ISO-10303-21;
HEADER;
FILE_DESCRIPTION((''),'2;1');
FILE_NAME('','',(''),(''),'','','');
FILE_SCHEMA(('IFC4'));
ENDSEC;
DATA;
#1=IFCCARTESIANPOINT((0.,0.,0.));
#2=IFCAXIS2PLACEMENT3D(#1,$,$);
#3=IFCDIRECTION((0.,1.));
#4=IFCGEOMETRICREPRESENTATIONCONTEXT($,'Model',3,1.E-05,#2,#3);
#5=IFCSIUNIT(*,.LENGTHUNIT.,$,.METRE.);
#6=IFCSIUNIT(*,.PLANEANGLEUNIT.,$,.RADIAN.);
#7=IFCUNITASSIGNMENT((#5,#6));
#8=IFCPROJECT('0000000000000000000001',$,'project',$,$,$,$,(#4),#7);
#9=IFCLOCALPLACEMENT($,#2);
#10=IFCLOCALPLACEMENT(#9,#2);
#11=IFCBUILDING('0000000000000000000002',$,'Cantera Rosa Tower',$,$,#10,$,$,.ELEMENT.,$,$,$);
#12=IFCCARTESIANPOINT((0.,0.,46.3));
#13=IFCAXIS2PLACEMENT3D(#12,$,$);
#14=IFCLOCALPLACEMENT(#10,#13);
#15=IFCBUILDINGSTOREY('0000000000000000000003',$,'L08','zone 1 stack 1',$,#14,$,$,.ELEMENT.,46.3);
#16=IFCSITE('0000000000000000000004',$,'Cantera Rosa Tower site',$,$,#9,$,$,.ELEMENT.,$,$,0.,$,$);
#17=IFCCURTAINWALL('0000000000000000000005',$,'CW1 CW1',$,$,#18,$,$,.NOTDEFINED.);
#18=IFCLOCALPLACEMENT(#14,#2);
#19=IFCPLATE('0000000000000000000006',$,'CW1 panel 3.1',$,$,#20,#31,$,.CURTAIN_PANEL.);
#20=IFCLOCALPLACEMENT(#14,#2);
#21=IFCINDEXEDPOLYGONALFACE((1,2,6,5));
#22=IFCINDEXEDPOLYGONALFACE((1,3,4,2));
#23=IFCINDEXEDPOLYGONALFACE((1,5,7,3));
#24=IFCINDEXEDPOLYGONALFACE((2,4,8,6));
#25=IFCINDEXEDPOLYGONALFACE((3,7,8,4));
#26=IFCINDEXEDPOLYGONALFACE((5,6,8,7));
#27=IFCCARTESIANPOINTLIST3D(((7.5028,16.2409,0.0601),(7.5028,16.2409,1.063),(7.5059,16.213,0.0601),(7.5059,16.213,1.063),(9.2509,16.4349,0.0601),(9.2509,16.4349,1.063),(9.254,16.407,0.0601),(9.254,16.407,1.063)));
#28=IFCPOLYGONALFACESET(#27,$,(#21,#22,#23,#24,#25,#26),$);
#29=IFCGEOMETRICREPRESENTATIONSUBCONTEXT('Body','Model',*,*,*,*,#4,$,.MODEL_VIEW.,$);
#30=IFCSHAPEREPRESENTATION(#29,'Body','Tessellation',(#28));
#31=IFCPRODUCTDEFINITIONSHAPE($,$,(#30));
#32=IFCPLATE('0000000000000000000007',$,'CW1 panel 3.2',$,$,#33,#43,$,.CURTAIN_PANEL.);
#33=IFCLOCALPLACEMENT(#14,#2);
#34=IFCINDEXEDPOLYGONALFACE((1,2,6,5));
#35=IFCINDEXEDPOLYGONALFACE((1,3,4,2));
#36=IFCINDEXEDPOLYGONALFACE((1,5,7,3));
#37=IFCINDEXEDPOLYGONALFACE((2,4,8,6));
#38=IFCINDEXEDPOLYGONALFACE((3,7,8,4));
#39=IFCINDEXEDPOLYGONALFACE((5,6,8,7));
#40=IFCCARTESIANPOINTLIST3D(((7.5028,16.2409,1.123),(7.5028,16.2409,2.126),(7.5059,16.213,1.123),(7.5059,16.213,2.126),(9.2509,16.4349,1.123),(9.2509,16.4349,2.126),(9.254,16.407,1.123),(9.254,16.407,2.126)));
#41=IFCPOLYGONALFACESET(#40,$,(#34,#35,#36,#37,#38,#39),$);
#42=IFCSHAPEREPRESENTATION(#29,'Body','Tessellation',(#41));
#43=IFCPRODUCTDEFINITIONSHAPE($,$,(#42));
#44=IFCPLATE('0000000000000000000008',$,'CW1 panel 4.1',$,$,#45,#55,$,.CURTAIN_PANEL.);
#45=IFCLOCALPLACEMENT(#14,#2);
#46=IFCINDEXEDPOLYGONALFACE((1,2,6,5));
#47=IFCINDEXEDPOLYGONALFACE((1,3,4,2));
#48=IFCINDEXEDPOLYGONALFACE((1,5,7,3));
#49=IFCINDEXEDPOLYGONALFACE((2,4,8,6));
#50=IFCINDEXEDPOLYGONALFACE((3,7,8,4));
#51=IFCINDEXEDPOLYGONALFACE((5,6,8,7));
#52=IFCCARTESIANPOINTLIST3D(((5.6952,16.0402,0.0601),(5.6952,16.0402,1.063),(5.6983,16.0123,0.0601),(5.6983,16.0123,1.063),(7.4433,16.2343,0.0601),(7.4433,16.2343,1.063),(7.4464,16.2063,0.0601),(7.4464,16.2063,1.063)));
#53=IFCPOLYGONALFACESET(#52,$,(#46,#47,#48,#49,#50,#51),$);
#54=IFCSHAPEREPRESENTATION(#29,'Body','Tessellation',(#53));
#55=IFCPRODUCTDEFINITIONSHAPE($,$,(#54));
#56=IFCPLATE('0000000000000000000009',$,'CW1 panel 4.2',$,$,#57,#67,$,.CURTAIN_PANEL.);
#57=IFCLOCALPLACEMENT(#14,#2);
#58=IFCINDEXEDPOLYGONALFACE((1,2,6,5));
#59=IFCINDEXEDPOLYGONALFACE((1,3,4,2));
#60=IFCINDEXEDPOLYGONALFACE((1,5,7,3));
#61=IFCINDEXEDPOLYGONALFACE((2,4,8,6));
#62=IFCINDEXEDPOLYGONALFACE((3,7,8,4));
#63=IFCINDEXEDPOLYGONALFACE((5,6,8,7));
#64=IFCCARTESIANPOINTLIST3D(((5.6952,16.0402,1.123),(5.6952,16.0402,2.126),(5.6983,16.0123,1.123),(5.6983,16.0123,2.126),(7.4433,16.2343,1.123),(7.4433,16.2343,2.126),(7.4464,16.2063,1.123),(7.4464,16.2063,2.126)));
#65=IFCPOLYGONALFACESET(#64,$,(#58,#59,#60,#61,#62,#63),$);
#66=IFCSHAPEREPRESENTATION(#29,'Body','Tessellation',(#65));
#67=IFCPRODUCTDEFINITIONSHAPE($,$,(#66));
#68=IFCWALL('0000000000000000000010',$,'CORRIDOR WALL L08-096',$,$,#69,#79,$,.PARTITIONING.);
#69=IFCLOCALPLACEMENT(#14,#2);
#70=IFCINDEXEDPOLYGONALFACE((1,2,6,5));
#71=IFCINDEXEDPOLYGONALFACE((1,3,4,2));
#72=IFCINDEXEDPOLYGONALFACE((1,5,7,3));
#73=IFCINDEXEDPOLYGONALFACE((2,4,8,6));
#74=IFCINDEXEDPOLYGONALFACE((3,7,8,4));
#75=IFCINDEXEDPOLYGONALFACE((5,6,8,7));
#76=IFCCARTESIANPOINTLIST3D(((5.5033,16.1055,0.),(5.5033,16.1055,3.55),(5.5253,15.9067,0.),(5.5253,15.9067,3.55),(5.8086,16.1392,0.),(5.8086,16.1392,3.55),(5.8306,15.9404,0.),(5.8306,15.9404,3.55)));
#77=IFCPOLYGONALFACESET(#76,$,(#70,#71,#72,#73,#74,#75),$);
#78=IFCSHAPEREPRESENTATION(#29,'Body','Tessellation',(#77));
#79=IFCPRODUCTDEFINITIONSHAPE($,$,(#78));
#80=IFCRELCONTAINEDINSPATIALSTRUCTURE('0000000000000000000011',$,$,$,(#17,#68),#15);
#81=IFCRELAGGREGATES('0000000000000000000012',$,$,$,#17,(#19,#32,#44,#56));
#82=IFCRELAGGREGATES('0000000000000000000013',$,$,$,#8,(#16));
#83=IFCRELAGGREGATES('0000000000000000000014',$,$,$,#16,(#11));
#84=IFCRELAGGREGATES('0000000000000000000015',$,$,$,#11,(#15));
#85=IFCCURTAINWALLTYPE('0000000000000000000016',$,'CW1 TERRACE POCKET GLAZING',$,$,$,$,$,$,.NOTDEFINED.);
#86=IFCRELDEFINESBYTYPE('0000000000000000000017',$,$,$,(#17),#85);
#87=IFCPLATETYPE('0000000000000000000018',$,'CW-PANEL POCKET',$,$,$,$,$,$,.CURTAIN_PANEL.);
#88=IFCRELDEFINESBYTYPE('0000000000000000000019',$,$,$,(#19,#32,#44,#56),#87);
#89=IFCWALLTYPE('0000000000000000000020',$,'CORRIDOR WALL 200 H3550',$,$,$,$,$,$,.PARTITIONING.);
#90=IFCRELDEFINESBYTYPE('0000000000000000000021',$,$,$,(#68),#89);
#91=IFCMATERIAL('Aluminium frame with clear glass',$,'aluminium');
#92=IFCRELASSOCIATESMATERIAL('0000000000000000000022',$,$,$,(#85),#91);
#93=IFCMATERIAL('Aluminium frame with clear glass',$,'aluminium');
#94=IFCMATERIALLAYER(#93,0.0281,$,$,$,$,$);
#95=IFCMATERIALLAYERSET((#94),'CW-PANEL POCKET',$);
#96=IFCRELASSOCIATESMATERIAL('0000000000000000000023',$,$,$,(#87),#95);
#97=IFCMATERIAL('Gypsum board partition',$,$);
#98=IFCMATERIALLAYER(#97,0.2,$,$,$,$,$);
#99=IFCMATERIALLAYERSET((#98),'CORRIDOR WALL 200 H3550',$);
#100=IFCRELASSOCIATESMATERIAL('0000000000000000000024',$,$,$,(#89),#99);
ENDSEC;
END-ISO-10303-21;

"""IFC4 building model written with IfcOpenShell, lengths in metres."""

from ifc_helpers import new_model, si_unit, direction, frame, frame_2d, origin, origin_2d, place, context, subcontext, project, spatial, rectangle, extrude, material, layer, layer_set, type_object, element, aggregate, save


model = new_model("IFC4")

# Units and contexts
model_context = context("Model", 3, precision=1e-05, world=origin(), true_north=direction((0.0, 1.0)))
body_context = subcontext(model_context, "Body", "Model", "MODEL_VIEW")
ifc_project = project(units=[si_unit("LENGTHUNIT", "METRE"), si_unit("PLANEANGLEUNIT", "RADIAN")], contexts=[model_context])

# Site, building, storey
site_placement = place(None, origin())
site = spatial("IfcSite", under=ifc_project, at=site_placement, Name="Cantera Rosa Tower site", CompositionType="ELEMENT", RefElevation=0.0)
building_placement = place(site_placement, origin())
building = spatial("IfcBuilding", under=site, at=building_placement, Name="Cantera Rosa Tower", CompositionType="ELEMENT")
storey_placement = place(building_placement, frame((0.0, 0.0, 46.3)))
storey = spatial("IfcBuildingStorey", under=building, at=storey_placement, Name="L08", Description="zone 1 stack 1", CompositionType="ELEMENT", Elevation=46.3)

# Curtain wall
ifc_material_1 = material(Name="Aluminium frame with clear glass", Category="aluminium")
curtain_wall_type = type_object("IfcCurtainWallType", Name="CW1 TERRACE POCKET GLAZING", PredefinedType="NOTDEFINED", material=ifc_material_1)
curtain_wall_placement = place(storey_placement, origin())
curtain_wall = element("IfcCurtainWall", 1, at=curtain_wall_placement, inside=storey, type_object=curtain_wall_type, Name="CW1 CW1", PredefinedType="NOTDEFINED")

# Plates
ifc_material_2 = material(Name="Aluminium frame with clear glass", Category="aluminium")
ifc_layer_1 = layer(ifc_material_2, 0.0281)
ifc_layer_set_1 = layer_set([ifc_layer_1], Name="CW-PANEL POCKET")
plate_type = type_object("IfcPlateType", Name="CW-PANEL POCKET", PredefinedType="CURTAIN_PANEL", material=ifc_layer_set_1)
plate_1_placement = place(storey_placement, frame((8.3784, 16.324, 0.0601), z_axis=(0.0, 0.0, 1.0), x_axis=(-0.993897, -0.110313, 0.0)))
plate_1 = element("IfcPlate", 2, at=plate_1_placement, type_object=plate_type, Name="CW1 panel 3.1", PredefinedType="CURTAIN_PANEL", context=body_context, shape_type="SweptSolid", body=[
    extrude(rectangle(XDim=1.7588, YDim=0.0281, at=origin_2d()), origin(), (0.0, 0.0, 1.0), 1.0029),
])
plate_2_placement = place(storey_placement, frame((8.3784, 16.324, 1.123), z_axis=(0.0, 0.0, 1.0), x_axis=(-0.993897, -0.110313, 0.0)))
plate_2 = element("IfcPlate", 3, at=plate_2_placement, type_object=plate_type, Name="CW1 panel 3.2", PredefinedType="CURTAIN_PANEL", context=body_context, shape_type="SweptSolid", body=[
    extrude(rectangle(XDim=1.7588, YDim=0.0281, at=origin_2d()), origin(), (0.0, 0.0, 1.0), 1.0029),
])
plate_3_placement = place(storey_placement, frame((6.5708, 16.1233, 0.0601), z_axis=(0.0, 0.0, 1.0), x_axis=(-0.993897, -0.110313, 0.0)))
plate_3 = element("IfcPlate", 4, at=plate_3_placement, type_object=plate_type, Name="CW1 panel 4.1", PredefinedType="CURTAIN_PANEL", context=body_context, shape_type="SweptSolid", body=[
    extrude(rectangle(XDim=1.7588, YDim=0.0281, at=origin_2d()), origin(), (0.0, 0.0, 1.0), 1.0029),
])
plate_4_placement = place(storey_placement, frame((6.5708, 16.1233, 1.123), z_axis=(0.0, 0.0, 1.0), x_axis=(-0.993897, -0.110313, 0.0)))
plate_4 = element("IfcPlate", 5, at=plate_4_placement, type_object=plate_type, Name="CW1 panel 4.2", PredefinedType="CURTAIN_PANEL", context=body_context, shape_type="SweptSolid", body=[
    extrude(rectangle(XDim=1.7588, YDim=0.0281, at=origin_2d()), origin(), (0.0, 0.0, 1.0), 1.0029),
])
aggregate(curtain_wall, [plate_1, plate_2, plate_3, plate_4])

# Wall
ifc_material_3 = material(Name="Gypsum board partition")
ifc_layer_2 = layer(ifc_material_3, 0.2)
ifc_layer_set_2 = layer_set([ifc_layer_2], Name="CORRIDOR WALL 200 H3550")
wall_type = type_object("IfcWallType", Name="CORRIDOR WALL 200 H3550", PredefinedType="PARTITIONING", material=ifc_layer_set_2)
wall_placement = place(storey_placement, frame((5.8196, 16.0398, 0.0), z_axis=(0.0, 0.0, 1.0), x_axis=(-0.993961, -0.109733, 0.0)))
element("IfcWall", 6, at=wall_placement, inside=storey, type_object=wall_type, Name="CORRIDOR WALL L08-096", PredefinedType="PARTITIONING", context=body_context, shape_type="SweptSolid", body=[
    extrude(rectangle(XDim=0.3071, YDim=0.2, at=frame_2d((0.1536, 0.0))), origin(), (0.0, 0.0, 1.0), 3.55),
])

save(model, "model.ifc")
